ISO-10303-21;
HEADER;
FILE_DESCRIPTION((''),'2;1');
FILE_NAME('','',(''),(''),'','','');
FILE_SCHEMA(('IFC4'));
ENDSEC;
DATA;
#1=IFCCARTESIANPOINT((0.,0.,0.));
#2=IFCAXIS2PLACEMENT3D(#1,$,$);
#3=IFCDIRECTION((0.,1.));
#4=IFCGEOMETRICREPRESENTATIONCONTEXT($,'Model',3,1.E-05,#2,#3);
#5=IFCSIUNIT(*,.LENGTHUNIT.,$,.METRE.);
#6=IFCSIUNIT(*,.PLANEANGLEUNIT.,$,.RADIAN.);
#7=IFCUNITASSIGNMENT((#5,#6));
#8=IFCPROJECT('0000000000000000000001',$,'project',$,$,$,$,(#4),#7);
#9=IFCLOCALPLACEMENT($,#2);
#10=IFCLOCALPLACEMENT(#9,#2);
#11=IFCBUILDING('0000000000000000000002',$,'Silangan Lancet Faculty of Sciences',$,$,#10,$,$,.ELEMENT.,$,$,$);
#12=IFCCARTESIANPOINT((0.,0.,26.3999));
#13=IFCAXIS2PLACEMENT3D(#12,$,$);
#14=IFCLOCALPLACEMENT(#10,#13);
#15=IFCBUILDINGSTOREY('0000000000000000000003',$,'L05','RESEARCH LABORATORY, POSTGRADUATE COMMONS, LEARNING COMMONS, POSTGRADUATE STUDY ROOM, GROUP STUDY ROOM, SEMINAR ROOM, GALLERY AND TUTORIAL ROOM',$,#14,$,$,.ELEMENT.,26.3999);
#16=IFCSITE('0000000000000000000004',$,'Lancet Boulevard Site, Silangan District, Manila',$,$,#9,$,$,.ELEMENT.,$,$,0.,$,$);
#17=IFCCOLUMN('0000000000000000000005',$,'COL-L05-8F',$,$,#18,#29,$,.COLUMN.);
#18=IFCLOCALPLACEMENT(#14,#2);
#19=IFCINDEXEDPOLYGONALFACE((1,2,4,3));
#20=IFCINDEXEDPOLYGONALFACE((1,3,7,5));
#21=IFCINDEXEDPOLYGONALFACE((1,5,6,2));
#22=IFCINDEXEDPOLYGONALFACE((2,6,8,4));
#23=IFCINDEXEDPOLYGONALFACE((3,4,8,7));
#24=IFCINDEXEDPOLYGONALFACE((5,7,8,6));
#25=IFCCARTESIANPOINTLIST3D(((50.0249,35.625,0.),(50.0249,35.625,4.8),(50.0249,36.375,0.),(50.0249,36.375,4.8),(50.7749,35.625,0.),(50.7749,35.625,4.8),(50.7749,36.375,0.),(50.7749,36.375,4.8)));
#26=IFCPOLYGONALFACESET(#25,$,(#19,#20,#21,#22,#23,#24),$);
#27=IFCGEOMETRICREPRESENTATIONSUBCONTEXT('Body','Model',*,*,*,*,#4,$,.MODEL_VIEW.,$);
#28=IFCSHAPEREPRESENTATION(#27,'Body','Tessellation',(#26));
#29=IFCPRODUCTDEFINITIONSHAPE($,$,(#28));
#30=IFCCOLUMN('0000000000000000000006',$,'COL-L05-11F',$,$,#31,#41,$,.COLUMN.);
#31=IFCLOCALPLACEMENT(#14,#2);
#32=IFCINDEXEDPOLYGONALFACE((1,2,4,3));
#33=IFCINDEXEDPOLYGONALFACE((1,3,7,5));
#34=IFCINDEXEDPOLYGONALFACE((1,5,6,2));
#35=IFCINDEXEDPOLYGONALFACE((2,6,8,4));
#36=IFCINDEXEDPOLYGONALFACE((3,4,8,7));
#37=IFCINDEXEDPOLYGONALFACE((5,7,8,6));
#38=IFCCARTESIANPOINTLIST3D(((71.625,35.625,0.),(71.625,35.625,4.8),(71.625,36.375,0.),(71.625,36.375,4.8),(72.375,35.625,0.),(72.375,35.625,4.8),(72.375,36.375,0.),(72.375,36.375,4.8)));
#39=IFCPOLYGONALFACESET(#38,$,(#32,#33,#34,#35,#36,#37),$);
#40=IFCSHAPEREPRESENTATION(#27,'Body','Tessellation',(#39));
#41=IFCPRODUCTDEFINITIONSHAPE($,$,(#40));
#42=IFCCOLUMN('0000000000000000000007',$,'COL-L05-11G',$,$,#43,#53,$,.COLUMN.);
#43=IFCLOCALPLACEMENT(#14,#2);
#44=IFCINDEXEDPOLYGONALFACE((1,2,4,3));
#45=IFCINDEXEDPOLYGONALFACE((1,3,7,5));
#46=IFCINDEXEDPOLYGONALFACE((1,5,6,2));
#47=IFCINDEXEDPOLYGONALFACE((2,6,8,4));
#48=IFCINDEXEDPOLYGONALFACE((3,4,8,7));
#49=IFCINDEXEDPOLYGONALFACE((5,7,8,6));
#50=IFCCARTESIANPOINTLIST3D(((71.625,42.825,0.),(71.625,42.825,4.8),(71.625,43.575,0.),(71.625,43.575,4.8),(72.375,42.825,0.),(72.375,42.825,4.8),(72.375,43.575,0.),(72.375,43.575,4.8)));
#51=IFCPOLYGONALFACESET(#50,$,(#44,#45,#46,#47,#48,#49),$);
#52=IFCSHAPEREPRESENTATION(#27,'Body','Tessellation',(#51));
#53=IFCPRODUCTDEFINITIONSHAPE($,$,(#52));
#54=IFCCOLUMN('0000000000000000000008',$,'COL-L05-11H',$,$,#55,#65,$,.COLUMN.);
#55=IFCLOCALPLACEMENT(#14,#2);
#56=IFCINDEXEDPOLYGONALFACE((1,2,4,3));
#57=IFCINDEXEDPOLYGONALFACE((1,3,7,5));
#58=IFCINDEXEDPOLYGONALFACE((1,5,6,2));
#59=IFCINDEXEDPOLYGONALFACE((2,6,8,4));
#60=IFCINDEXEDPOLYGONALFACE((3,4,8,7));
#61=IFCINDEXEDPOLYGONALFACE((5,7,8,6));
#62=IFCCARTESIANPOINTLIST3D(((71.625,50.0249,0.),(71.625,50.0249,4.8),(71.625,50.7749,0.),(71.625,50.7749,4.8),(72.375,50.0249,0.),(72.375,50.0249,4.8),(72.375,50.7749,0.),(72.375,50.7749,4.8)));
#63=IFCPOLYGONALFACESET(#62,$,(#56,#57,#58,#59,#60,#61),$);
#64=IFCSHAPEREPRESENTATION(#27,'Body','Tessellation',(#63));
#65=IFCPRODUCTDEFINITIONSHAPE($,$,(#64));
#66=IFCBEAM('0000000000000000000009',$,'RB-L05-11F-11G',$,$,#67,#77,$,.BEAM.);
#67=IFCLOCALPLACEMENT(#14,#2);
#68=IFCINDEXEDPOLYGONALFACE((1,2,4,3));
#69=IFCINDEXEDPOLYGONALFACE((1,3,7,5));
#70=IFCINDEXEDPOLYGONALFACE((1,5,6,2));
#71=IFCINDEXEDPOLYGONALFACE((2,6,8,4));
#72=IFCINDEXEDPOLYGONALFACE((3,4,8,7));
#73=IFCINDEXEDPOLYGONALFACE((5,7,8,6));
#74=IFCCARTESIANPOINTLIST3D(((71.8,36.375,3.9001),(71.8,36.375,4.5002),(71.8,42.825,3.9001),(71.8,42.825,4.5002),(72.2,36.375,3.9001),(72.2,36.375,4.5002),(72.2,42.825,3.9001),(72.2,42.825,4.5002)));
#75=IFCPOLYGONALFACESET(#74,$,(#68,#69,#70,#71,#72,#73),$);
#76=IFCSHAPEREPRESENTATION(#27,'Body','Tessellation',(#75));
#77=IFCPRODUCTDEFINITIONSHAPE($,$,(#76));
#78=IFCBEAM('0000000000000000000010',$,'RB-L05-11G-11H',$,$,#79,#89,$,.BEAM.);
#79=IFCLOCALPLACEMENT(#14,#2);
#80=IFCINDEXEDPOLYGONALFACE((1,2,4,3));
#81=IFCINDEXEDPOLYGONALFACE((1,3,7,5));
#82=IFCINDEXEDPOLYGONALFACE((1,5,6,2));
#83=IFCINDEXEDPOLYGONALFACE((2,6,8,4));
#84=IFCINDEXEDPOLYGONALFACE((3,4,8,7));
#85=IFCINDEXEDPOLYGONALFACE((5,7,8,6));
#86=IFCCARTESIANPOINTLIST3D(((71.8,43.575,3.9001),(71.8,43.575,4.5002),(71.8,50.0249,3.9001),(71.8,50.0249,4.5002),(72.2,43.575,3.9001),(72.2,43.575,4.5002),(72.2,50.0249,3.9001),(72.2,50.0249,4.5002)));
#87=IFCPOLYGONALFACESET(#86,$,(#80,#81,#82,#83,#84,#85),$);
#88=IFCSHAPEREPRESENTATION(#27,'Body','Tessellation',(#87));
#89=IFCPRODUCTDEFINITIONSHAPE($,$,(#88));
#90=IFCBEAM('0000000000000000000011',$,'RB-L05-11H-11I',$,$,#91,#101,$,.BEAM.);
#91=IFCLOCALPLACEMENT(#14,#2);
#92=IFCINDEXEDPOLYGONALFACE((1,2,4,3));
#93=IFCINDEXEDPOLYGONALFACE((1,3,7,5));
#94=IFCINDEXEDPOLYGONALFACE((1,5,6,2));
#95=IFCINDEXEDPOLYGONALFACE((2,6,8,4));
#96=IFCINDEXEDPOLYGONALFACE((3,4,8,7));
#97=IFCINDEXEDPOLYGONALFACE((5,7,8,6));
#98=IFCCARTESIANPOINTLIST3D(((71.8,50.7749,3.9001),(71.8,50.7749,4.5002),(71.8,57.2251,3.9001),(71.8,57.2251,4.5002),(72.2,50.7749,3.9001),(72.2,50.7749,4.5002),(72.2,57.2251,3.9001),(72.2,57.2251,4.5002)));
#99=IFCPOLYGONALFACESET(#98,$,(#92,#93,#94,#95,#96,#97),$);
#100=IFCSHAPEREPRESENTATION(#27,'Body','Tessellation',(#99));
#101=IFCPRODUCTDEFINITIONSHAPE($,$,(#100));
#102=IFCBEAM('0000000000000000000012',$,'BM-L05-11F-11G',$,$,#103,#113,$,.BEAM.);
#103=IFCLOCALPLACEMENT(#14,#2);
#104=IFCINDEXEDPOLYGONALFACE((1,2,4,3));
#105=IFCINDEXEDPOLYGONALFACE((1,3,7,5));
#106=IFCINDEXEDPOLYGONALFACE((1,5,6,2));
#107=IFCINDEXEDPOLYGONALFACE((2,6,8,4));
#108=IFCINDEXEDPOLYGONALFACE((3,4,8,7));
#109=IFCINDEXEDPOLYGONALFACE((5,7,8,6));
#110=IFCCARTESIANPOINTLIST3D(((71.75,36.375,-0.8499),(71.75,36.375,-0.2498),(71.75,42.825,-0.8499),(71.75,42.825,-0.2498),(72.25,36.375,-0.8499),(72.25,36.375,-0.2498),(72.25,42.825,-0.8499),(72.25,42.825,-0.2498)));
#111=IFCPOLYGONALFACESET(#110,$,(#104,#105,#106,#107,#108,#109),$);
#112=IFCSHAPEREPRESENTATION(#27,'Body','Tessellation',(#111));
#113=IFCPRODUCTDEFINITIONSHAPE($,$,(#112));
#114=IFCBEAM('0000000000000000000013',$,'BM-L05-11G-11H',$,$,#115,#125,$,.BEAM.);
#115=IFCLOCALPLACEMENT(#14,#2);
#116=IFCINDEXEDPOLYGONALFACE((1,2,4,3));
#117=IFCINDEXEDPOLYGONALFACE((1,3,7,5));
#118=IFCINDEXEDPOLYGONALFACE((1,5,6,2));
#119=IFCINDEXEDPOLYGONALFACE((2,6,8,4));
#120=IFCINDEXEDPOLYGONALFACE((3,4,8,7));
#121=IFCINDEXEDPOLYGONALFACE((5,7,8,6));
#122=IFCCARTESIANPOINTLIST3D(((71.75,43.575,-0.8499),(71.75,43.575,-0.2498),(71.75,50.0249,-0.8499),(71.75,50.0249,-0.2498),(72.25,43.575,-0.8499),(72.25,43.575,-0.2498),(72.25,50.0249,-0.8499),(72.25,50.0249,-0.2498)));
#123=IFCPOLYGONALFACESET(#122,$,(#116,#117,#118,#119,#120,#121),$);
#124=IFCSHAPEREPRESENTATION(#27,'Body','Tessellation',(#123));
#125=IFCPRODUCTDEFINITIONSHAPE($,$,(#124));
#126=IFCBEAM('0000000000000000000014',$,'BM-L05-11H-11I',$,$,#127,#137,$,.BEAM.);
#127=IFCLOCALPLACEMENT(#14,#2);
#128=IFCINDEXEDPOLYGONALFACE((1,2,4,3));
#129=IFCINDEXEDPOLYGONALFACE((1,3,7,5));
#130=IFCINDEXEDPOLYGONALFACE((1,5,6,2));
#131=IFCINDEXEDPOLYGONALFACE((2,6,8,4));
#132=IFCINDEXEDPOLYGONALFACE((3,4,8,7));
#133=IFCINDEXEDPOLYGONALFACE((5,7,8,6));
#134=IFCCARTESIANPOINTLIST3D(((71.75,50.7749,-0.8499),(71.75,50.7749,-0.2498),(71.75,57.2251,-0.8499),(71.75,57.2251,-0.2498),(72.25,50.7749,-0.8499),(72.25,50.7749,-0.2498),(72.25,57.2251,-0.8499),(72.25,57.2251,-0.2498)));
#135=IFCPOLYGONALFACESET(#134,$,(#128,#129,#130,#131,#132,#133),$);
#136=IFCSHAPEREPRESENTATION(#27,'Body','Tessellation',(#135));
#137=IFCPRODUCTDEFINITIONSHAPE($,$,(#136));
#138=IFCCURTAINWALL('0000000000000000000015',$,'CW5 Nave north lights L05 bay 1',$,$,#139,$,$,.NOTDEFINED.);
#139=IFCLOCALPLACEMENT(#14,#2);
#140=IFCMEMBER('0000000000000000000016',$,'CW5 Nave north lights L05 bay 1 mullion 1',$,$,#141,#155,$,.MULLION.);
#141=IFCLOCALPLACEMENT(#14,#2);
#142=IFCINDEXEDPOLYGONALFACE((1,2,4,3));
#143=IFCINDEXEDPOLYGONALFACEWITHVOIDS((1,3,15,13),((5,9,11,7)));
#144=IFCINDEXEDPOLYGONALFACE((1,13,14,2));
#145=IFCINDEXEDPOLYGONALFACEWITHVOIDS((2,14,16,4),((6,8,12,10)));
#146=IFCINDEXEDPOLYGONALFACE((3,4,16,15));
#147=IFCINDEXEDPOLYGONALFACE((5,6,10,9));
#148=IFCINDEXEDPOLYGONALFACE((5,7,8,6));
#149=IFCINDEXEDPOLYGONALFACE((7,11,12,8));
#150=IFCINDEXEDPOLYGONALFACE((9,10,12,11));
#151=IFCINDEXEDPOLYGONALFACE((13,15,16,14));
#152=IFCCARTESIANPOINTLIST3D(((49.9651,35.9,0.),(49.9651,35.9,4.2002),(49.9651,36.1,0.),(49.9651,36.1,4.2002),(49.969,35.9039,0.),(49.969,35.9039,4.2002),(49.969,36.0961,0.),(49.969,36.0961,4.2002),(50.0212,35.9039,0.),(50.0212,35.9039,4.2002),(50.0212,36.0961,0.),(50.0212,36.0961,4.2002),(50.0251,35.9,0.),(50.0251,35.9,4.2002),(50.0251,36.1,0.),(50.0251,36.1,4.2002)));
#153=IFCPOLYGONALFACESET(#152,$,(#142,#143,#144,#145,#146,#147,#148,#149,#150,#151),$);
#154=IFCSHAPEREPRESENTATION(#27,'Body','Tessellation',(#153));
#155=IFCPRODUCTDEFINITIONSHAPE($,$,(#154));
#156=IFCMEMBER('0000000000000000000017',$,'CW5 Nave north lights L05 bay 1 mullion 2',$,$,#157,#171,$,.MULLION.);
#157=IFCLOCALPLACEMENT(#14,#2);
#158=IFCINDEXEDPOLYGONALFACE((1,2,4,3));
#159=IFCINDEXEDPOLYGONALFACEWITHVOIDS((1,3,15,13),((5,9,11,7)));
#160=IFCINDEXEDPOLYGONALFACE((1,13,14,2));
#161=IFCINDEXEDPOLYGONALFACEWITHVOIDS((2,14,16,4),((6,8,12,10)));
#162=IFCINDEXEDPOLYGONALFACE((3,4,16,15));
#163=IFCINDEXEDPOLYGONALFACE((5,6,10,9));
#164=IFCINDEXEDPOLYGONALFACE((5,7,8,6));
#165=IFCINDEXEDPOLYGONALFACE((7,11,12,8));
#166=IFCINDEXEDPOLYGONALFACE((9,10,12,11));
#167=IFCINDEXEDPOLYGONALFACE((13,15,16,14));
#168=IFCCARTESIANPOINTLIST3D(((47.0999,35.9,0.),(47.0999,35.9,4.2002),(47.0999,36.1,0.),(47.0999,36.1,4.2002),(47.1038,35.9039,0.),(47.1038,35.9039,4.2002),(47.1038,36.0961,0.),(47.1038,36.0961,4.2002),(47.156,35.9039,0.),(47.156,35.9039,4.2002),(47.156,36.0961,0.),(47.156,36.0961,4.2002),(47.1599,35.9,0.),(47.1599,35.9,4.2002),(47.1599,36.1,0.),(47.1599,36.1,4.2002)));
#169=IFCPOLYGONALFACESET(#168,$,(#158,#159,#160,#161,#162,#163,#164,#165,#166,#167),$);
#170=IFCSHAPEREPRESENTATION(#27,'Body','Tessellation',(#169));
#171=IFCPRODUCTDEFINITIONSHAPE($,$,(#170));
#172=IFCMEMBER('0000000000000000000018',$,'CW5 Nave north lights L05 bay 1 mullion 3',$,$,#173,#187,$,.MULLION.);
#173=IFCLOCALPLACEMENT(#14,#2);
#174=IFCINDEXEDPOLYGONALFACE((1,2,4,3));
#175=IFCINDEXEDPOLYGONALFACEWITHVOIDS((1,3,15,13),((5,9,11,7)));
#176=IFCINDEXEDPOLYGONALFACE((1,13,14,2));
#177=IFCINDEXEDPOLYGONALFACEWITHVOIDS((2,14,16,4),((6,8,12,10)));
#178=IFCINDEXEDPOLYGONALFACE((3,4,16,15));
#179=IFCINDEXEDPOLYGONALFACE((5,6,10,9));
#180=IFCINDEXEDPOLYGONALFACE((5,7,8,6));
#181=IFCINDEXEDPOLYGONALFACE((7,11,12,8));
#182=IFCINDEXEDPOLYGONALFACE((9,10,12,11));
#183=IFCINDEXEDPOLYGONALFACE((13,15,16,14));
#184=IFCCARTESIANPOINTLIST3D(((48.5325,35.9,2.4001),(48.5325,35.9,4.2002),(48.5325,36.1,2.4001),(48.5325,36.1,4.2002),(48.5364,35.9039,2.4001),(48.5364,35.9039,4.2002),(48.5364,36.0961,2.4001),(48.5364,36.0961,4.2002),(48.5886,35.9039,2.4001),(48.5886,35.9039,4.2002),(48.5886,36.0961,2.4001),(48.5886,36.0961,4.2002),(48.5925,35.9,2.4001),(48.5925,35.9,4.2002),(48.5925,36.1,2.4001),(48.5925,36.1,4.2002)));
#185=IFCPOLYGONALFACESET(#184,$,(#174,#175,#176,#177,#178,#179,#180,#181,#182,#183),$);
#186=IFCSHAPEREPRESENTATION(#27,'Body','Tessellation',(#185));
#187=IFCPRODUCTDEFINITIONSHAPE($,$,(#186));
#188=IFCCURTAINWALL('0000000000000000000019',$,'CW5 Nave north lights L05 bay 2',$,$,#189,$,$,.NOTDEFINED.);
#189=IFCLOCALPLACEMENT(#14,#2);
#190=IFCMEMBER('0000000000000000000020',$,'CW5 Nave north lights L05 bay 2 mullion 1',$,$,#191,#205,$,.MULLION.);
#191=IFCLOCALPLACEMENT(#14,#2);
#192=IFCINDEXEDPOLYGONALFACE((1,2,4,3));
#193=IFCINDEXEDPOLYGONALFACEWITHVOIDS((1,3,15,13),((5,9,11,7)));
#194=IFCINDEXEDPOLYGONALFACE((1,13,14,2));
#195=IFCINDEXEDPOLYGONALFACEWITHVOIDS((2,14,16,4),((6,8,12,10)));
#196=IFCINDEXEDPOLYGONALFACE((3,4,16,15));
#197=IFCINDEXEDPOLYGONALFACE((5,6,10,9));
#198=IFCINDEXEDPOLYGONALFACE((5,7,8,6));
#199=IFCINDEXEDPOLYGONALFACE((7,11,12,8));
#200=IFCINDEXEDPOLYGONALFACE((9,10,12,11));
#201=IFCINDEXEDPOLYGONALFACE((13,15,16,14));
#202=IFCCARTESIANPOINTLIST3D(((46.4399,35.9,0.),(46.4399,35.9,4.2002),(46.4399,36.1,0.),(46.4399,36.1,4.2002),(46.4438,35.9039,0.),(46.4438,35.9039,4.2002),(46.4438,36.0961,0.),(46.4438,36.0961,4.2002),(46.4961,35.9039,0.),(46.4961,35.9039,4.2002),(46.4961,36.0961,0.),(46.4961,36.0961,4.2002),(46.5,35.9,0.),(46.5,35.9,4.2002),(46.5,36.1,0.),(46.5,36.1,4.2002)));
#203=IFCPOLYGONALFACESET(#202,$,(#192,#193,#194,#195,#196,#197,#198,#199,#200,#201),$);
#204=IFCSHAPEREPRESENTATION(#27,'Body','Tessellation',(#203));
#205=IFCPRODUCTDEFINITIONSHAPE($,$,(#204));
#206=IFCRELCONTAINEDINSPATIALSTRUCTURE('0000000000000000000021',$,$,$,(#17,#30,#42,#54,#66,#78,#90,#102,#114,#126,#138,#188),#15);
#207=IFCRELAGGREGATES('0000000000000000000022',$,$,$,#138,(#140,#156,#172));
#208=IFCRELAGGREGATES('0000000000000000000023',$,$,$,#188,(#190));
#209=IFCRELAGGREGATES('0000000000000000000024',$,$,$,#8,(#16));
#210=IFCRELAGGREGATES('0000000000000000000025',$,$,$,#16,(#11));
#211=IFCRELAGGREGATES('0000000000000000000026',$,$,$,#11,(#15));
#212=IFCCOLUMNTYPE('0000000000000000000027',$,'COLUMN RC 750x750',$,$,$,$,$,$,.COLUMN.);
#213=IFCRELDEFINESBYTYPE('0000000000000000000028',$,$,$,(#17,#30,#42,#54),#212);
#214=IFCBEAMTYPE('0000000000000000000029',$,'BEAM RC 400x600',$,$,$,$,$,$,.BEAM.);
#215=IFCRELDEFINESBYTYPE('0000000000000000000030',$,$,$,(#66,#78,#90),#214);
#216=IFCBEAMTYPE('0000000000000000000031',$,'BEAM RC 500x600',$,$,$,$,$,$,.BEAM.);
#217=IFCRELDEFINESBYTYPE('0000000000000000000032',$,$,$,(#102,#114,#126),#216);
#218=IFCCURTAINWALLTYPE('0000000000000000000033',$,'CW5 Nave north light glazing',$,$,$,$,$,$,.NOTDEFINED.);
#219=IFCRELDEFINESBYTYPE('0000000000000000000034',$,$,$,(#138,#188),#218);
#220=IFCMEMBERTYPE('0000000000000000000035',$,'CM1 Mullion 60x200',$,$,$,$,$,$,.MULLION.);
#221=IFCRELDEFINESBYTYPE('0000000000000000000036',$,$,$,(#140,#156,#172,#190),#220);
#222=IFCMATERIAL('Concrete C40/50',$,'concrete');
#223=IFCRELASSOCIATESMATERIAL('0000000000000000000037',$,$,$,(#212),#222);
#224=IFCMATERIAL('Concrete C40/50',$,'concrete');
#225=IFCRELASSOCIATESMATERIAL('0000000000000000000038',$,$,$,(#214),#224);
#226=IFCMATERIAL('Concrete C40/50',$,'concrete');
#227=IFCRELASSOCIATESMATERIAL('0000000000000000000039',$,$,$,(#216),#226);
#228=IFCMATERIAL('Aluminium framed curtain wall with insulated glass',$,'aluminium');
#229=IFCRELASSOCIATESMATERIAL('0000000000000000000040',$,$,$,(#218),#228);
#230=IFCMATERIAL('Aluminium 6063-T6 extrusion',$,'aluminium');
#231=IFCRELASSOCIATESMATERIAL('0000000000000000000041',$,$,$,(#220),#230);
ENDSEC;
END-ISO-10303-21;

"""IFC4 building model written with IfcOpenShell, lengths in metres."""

from ifc_helpers import new_model, si_unit, direction, frame, origin, origin_2d, place, context, subcontext, project, spatial, rectangle, hollow_rectangle, extrude, material, material_profile, profile_set, type_object, element, aggregate, save


model = new_model("IFC4")

# Units and contexts
model_context = context("Model", 3, precision=1e-05, world=origin(), true_north=direction((0.0, 1.0)))
body_context = subcontext(model_context, "Body", "Model", "MODEL_VIEW")
ifc_project = project(units=[si_unit("LENGTHUNIT", "METRE"), si_unit("PLANEANGLEUNIT", "RADIAN")], contexts=[model_context])

# Site, building, storey
site_placement = place(None, origin())
site = spatial("IfcSite", under=ifc_project, at=site_placement, Name="Lancet Boulevard Site, Silangan District, Manila", CompositionType="ELEMENT", RefElevation=0.0)
building_placement = place(site_placement, origin())
building = spatial("IfcBuilding", under=site, at=building_placement, Name="Silangan Lancet Faculty of Sciences", CompositionType="ELEMENT")
storey_placement = place(building_placement, frame((0.0, 0.0, 26.3999)))
storey = spatial("IfcBuildingStorey", under=building, at=storey_placement, Name="L05", Description="RESEARCH LABORATORY, POSTGRADUATE COMMONS, LEARNING COMMONS, POSTGRADUATE STUDY ROOM, GROUP STUDY ROOM, SEMINAR ROOM, GALLERY AND TUTORIAL ROOM", CompositionType="ELEMENT", Elevation=26.3999)

# Columns
ifc_material_1 = material(Name="Concrete C40/50", Category="concrete")
ifc_material_profile_1 = material_profile(ifc_material_1, rectangle(XDim=0.75, YDim=0.75, at=origin_2d()), Name="RC 750x750")
ifc_profile_set_1 = profile_set([ifc_material_profile_1], Name="Concrete C40/50")
column_type = type_object("IfcColumnType", Name="COLUMN RC 750x750", PredefinedType="COLUMN", material=ifc_profile_set_1)
for number, where, z_axis, x_axis, name in (
    (1, (50.3999, 36.0, 0.0), (0.0, 0.0, 1.0), (1.0, 0.0, 0.0), "COL-L05-8F"),
    (2, (72.0, 36.0, 0.0), (0.0, 0.0, 1.0), (1.0, 0.0, 0.0), "COL-L05-11F"),
    (3, (72.0, 43.2, 0.0), (0.0, 0.0, 1.0), (1.0, 0.0, 0.0), "COL-L05-11G"),
    (4, (72.0, 50.3999, 0.0), (0.0, 0.0, 1.0), (1.0, 0.0, 0.0), "COL-L05-11H"),
):
    element("IfcColumn", number, at=place(storey_placement, frame(where, z_axis=z_axis, x_axis=x_axis)), inside=storey, type_object=column_type, Name=name, PredefinedType="COLUMN", context=body_context, shape_type="SweptSolid", body=[
        extrude(rectangle(XDim=0.75, YDim=0.75, at=origin_2d()), origin(), (0.0, 0.0, 1.0), 4.8),
    ])

# Beams
ifc_material_2 = material(Name="Concrete C40/50", Category="concrete")
ifc_material_profile_2 = material_profile(ifc_material_2, rectangle(XDim=0.3999, YDim=0.6001, at=origin_2d()), Name="RC 400x600")
ifc_profile_set_2 = profile_set([ifc_material_profile_2], Name="Concrete C40/50")
beam_type_1 = type_object("IfcBeamType", Name="BEAM RC 400x600", PredefinedType="BEAM", material=ifc_profile_set_2)
for number, where, z_axis, x_axis, name in (
    (5, (72.0, 36.375, 4.2002), (0.0, 1.0, 0.0), (-1.0, 0.0, 0.0), "RB-L05-11F-11G"),
    (6, (72.0, 43.575, 4.2002), (0.0, 1.0, 0.0), (-1.0, 0.0, 0.0), "RB-L05-11G-11H"),
):
    element("IfcBeam", number, at=place(storey_placement, frame(where, z_axis=z_axis, x_axis=x_axis)), inside=storey, type_object=beam_type_1, Name=name, PredefinedType="BEAM", context=body_context, shape_type="SweptSolid", body=[
        extrude(rectangle(XDim=0.3999, YDim=0.6001, at=origin_2d()), origin(), (0.0, 0.0, 1.0), 6.45),
    ])
beam_1_placement = place(storey_placement, frame((72.0, 50.7749, 4.2002), z_axis=(0.0, 1.0, 0.0), x_axis=(-1.0, 0.0, 0.0)))
element("IfcBeam", 7, at=beam_1_placement, inside=storey, type_object=beam_type_1, Name="RB-L05-11H-11I", PredefinedType="BEAM", context=body_context, shape_type="SweptSolid", body=[
    extrude(rectangle(XDim=0.3999, YDim=0.6001, at=origin_2d()), origin(), (0.0, 0.0, 1.0), 6.4502),
])
ifc_material_3 = material(Name="Concrete C40/50", Category="concrete")
ifc_material_profile_3 = material_profile(ifc_material_3, rectangle(XDim=0.5, YDim=0.6001, at=origin_2d()), Name="RC 500x600")
ifc_profile_set_3 = profile_set([ifc_material_profile_3], Name="Concrete C40/50")
beam_type_2 = type_object("IfcBeamType", Name="BEAM RC 500x600", PredefinedType="BEAM", material=ifc_profile_set_3)
for number, where, z_axis, x_axis, name in (
    (8, (72.0, 36.375, -0.5498), (0.0, 1.0, 0.0), (-1.0, 0.0, 0.0), "BM-L05-11F-11G"),
    (9, (72.0, 43.575, -0.5498), (0.0, 1.0, 0.0), (-1.0, 0.0, 0.0), "BM-L05-11G-11H"),
):
    element("IfcBeam", number, at=place(storey_placement, frame(where, z_axis=z_axis, x_axis=x_axis)), inside=storey, type_object=beam_type_2, Name=name, PredefinedType="BEAM", context=body_context, shape_type="SweptSolid", body=[
        extrude(rectangle(XDim=0.5, YDim=0.6001, at=origin_2d()), origin(), (0.0, 0.0, 1.0), 6.45),
    ])
beam_2_placement = place(storey_placement, frame((72.0, 50.7749, -0.5498), z_axis=(0.0, 1.0, 0.0), x_axis=(-1.0, 0.0, 0.0)))
element("IfcBeam", 10, at=beam_2_placement, inside=storey, type_object=beam_type_2, Name="BM-L05-11H-11I", PredefinedType="BEAM", context=body_context, shape_type="SweptSolid", body=[
    extrude(rectangle(XDim=0.5, YDim=0.6001, at=origin_2d()), origin(), (0.0, 0.0, 1.0), 6.4502),
])

# Curtain wall, members
ifc_material_4 = material(Name="Aluminium framed curtain wall with insulated glass", Category="aluminium")
curtain_wall_type = type_object("IfcCurtainWallType", Name="CW5 Nave north light glazing", PredefinedType="NOTDEFINED", material=ifc_material_4)
curtain_wall_1_placement = place(storey_placement, origin())
curtain_wall_1 = element("IfcCurtainWall", 11, at=curtain_wall_1_placement, inside=storey, type_object=curtain_wall_type, Name="CW5 Nave north lights L05 bay 1", PredefinedType="NOTDEFINED")
ifc_material_5 = material(Name="Aluminium 6063-T6 extrusion", Category="aluminium")
ifc_material_profile_4 = material_profile(ifc_material_5, hollow_rectangle(XDim=0.0601, YDim=0.2, WallThickness=0.0039, at=origin_2d()), Name="AL BOX 60x200x4")
ifc_profile_set_4 = profile_set([ifc_material_profile_4], Name="Aluminium 6063-T6 extrusion")
member_type_1 = type_object("IfcMemberType", Name="CM1 Mullion 60x200", PredefinedType="MULLION", material=ifc_profile_set_4)
member_1_placement = place(storey_placement, frame((49.9951, 36.0, 0.0), z_axis=(0.0, 0.0, 1.0), x_axis=(-1.0, 0.0, 0.0)))
member_1 = element("IfcMember", 12, at=member_1_placement, type_object=member_type_1, Name="CW5 Nave north lights L05 bay 1 mullion 1", PredefinedType="MULLION", context=body_context, shape_type="SweptSolid", body=[
    extrude(hollow_rectangle(XDim=0.0601, YDim=0.2, WallThickness=0.0039, at=origin_2d()), origin(), (0.0, 0.0, 1.0), 4.2002),
])
member_2_placement = place(storey_placement, frame((47.1299, 36.0, 0.0), z_axis=(0.0, 0.0, 1.0), x_axis=(-1.0, 0.0, 0.0)))
member_2 = element("IfcMember", 13, at=member_2_placement, type_object=member_type_1, Name="CW5 Nave north lights L05 bay 1 mullion 2", PredefinedType="MULLION", context=body_context, shape_type="SweptSolid", body=[
    extrude(hollow_rectangle(XDim=0.0601, YDim=0.2, WallThickness=0.0039, at=origin_2d()), origin(), (0.0, 0.0, 1.0), 4.2002),
])
member_3_placement = place(storey_placement, frame((48.5625, 36.0, 2.4001), z_axis=(0.0, 0.0, 1.0), x_axis=(-1.0, 0.0, 0.0)))
member_3 = element("IfcMember", 14, at=member_3_placement, type_object=member_type_1, Name="CW5 Nave north lights L05 bay 1 mullion 3", PredefinedType="MULLION", context=body_context, shape_type="SweptSolid", body=[
    extrude(hollow_rectangle(XDim=0.0601, YDim=0.2, WallThickness=0.0039, at=origin_2d()), origin(), (0.0, 0.0, 1.0), 1.8),
])

# Curtain wall, member
curtain_wall_2_placement = place(storey_placement, origin())
curtain_wall_2 = element("IfcCurtainWall", 15, at=curtain_wall_2_placement, inside=storey, type_object=curtain_wall_type, Name="CW5 Nave north lights L05 bay 2", PredefinedType="NOTDEFINED")
member_4_placement = place(storey_placement, frame((46.47, 36.0, 0.0), z_axis=(0.0, 0.0, 1.0), x_axis=(-1.0, 0.0, 0.0)))
member_4 = element("IfcMember", 16, at=member_4_placement, type_object=member_type_1, Name="CW5 Nave north lights L05 bay 2 mullion 1", PredefinedType="MULLION", context=body_context, shape_type="SweptSolid", body=[
    extrude(hollow_rectangle(XDim=0.0601, YDim=0.2, WallThickness=0.0039, at=origin_2d()), origin(), (0.0, 0.0, 1.0), 4.2002),
])

aggregate(curtain_wall_1, [member_1, member_2, member_3])
aggregate(curtain_wall_2, [member_4])

save(model, "model.ifc")
